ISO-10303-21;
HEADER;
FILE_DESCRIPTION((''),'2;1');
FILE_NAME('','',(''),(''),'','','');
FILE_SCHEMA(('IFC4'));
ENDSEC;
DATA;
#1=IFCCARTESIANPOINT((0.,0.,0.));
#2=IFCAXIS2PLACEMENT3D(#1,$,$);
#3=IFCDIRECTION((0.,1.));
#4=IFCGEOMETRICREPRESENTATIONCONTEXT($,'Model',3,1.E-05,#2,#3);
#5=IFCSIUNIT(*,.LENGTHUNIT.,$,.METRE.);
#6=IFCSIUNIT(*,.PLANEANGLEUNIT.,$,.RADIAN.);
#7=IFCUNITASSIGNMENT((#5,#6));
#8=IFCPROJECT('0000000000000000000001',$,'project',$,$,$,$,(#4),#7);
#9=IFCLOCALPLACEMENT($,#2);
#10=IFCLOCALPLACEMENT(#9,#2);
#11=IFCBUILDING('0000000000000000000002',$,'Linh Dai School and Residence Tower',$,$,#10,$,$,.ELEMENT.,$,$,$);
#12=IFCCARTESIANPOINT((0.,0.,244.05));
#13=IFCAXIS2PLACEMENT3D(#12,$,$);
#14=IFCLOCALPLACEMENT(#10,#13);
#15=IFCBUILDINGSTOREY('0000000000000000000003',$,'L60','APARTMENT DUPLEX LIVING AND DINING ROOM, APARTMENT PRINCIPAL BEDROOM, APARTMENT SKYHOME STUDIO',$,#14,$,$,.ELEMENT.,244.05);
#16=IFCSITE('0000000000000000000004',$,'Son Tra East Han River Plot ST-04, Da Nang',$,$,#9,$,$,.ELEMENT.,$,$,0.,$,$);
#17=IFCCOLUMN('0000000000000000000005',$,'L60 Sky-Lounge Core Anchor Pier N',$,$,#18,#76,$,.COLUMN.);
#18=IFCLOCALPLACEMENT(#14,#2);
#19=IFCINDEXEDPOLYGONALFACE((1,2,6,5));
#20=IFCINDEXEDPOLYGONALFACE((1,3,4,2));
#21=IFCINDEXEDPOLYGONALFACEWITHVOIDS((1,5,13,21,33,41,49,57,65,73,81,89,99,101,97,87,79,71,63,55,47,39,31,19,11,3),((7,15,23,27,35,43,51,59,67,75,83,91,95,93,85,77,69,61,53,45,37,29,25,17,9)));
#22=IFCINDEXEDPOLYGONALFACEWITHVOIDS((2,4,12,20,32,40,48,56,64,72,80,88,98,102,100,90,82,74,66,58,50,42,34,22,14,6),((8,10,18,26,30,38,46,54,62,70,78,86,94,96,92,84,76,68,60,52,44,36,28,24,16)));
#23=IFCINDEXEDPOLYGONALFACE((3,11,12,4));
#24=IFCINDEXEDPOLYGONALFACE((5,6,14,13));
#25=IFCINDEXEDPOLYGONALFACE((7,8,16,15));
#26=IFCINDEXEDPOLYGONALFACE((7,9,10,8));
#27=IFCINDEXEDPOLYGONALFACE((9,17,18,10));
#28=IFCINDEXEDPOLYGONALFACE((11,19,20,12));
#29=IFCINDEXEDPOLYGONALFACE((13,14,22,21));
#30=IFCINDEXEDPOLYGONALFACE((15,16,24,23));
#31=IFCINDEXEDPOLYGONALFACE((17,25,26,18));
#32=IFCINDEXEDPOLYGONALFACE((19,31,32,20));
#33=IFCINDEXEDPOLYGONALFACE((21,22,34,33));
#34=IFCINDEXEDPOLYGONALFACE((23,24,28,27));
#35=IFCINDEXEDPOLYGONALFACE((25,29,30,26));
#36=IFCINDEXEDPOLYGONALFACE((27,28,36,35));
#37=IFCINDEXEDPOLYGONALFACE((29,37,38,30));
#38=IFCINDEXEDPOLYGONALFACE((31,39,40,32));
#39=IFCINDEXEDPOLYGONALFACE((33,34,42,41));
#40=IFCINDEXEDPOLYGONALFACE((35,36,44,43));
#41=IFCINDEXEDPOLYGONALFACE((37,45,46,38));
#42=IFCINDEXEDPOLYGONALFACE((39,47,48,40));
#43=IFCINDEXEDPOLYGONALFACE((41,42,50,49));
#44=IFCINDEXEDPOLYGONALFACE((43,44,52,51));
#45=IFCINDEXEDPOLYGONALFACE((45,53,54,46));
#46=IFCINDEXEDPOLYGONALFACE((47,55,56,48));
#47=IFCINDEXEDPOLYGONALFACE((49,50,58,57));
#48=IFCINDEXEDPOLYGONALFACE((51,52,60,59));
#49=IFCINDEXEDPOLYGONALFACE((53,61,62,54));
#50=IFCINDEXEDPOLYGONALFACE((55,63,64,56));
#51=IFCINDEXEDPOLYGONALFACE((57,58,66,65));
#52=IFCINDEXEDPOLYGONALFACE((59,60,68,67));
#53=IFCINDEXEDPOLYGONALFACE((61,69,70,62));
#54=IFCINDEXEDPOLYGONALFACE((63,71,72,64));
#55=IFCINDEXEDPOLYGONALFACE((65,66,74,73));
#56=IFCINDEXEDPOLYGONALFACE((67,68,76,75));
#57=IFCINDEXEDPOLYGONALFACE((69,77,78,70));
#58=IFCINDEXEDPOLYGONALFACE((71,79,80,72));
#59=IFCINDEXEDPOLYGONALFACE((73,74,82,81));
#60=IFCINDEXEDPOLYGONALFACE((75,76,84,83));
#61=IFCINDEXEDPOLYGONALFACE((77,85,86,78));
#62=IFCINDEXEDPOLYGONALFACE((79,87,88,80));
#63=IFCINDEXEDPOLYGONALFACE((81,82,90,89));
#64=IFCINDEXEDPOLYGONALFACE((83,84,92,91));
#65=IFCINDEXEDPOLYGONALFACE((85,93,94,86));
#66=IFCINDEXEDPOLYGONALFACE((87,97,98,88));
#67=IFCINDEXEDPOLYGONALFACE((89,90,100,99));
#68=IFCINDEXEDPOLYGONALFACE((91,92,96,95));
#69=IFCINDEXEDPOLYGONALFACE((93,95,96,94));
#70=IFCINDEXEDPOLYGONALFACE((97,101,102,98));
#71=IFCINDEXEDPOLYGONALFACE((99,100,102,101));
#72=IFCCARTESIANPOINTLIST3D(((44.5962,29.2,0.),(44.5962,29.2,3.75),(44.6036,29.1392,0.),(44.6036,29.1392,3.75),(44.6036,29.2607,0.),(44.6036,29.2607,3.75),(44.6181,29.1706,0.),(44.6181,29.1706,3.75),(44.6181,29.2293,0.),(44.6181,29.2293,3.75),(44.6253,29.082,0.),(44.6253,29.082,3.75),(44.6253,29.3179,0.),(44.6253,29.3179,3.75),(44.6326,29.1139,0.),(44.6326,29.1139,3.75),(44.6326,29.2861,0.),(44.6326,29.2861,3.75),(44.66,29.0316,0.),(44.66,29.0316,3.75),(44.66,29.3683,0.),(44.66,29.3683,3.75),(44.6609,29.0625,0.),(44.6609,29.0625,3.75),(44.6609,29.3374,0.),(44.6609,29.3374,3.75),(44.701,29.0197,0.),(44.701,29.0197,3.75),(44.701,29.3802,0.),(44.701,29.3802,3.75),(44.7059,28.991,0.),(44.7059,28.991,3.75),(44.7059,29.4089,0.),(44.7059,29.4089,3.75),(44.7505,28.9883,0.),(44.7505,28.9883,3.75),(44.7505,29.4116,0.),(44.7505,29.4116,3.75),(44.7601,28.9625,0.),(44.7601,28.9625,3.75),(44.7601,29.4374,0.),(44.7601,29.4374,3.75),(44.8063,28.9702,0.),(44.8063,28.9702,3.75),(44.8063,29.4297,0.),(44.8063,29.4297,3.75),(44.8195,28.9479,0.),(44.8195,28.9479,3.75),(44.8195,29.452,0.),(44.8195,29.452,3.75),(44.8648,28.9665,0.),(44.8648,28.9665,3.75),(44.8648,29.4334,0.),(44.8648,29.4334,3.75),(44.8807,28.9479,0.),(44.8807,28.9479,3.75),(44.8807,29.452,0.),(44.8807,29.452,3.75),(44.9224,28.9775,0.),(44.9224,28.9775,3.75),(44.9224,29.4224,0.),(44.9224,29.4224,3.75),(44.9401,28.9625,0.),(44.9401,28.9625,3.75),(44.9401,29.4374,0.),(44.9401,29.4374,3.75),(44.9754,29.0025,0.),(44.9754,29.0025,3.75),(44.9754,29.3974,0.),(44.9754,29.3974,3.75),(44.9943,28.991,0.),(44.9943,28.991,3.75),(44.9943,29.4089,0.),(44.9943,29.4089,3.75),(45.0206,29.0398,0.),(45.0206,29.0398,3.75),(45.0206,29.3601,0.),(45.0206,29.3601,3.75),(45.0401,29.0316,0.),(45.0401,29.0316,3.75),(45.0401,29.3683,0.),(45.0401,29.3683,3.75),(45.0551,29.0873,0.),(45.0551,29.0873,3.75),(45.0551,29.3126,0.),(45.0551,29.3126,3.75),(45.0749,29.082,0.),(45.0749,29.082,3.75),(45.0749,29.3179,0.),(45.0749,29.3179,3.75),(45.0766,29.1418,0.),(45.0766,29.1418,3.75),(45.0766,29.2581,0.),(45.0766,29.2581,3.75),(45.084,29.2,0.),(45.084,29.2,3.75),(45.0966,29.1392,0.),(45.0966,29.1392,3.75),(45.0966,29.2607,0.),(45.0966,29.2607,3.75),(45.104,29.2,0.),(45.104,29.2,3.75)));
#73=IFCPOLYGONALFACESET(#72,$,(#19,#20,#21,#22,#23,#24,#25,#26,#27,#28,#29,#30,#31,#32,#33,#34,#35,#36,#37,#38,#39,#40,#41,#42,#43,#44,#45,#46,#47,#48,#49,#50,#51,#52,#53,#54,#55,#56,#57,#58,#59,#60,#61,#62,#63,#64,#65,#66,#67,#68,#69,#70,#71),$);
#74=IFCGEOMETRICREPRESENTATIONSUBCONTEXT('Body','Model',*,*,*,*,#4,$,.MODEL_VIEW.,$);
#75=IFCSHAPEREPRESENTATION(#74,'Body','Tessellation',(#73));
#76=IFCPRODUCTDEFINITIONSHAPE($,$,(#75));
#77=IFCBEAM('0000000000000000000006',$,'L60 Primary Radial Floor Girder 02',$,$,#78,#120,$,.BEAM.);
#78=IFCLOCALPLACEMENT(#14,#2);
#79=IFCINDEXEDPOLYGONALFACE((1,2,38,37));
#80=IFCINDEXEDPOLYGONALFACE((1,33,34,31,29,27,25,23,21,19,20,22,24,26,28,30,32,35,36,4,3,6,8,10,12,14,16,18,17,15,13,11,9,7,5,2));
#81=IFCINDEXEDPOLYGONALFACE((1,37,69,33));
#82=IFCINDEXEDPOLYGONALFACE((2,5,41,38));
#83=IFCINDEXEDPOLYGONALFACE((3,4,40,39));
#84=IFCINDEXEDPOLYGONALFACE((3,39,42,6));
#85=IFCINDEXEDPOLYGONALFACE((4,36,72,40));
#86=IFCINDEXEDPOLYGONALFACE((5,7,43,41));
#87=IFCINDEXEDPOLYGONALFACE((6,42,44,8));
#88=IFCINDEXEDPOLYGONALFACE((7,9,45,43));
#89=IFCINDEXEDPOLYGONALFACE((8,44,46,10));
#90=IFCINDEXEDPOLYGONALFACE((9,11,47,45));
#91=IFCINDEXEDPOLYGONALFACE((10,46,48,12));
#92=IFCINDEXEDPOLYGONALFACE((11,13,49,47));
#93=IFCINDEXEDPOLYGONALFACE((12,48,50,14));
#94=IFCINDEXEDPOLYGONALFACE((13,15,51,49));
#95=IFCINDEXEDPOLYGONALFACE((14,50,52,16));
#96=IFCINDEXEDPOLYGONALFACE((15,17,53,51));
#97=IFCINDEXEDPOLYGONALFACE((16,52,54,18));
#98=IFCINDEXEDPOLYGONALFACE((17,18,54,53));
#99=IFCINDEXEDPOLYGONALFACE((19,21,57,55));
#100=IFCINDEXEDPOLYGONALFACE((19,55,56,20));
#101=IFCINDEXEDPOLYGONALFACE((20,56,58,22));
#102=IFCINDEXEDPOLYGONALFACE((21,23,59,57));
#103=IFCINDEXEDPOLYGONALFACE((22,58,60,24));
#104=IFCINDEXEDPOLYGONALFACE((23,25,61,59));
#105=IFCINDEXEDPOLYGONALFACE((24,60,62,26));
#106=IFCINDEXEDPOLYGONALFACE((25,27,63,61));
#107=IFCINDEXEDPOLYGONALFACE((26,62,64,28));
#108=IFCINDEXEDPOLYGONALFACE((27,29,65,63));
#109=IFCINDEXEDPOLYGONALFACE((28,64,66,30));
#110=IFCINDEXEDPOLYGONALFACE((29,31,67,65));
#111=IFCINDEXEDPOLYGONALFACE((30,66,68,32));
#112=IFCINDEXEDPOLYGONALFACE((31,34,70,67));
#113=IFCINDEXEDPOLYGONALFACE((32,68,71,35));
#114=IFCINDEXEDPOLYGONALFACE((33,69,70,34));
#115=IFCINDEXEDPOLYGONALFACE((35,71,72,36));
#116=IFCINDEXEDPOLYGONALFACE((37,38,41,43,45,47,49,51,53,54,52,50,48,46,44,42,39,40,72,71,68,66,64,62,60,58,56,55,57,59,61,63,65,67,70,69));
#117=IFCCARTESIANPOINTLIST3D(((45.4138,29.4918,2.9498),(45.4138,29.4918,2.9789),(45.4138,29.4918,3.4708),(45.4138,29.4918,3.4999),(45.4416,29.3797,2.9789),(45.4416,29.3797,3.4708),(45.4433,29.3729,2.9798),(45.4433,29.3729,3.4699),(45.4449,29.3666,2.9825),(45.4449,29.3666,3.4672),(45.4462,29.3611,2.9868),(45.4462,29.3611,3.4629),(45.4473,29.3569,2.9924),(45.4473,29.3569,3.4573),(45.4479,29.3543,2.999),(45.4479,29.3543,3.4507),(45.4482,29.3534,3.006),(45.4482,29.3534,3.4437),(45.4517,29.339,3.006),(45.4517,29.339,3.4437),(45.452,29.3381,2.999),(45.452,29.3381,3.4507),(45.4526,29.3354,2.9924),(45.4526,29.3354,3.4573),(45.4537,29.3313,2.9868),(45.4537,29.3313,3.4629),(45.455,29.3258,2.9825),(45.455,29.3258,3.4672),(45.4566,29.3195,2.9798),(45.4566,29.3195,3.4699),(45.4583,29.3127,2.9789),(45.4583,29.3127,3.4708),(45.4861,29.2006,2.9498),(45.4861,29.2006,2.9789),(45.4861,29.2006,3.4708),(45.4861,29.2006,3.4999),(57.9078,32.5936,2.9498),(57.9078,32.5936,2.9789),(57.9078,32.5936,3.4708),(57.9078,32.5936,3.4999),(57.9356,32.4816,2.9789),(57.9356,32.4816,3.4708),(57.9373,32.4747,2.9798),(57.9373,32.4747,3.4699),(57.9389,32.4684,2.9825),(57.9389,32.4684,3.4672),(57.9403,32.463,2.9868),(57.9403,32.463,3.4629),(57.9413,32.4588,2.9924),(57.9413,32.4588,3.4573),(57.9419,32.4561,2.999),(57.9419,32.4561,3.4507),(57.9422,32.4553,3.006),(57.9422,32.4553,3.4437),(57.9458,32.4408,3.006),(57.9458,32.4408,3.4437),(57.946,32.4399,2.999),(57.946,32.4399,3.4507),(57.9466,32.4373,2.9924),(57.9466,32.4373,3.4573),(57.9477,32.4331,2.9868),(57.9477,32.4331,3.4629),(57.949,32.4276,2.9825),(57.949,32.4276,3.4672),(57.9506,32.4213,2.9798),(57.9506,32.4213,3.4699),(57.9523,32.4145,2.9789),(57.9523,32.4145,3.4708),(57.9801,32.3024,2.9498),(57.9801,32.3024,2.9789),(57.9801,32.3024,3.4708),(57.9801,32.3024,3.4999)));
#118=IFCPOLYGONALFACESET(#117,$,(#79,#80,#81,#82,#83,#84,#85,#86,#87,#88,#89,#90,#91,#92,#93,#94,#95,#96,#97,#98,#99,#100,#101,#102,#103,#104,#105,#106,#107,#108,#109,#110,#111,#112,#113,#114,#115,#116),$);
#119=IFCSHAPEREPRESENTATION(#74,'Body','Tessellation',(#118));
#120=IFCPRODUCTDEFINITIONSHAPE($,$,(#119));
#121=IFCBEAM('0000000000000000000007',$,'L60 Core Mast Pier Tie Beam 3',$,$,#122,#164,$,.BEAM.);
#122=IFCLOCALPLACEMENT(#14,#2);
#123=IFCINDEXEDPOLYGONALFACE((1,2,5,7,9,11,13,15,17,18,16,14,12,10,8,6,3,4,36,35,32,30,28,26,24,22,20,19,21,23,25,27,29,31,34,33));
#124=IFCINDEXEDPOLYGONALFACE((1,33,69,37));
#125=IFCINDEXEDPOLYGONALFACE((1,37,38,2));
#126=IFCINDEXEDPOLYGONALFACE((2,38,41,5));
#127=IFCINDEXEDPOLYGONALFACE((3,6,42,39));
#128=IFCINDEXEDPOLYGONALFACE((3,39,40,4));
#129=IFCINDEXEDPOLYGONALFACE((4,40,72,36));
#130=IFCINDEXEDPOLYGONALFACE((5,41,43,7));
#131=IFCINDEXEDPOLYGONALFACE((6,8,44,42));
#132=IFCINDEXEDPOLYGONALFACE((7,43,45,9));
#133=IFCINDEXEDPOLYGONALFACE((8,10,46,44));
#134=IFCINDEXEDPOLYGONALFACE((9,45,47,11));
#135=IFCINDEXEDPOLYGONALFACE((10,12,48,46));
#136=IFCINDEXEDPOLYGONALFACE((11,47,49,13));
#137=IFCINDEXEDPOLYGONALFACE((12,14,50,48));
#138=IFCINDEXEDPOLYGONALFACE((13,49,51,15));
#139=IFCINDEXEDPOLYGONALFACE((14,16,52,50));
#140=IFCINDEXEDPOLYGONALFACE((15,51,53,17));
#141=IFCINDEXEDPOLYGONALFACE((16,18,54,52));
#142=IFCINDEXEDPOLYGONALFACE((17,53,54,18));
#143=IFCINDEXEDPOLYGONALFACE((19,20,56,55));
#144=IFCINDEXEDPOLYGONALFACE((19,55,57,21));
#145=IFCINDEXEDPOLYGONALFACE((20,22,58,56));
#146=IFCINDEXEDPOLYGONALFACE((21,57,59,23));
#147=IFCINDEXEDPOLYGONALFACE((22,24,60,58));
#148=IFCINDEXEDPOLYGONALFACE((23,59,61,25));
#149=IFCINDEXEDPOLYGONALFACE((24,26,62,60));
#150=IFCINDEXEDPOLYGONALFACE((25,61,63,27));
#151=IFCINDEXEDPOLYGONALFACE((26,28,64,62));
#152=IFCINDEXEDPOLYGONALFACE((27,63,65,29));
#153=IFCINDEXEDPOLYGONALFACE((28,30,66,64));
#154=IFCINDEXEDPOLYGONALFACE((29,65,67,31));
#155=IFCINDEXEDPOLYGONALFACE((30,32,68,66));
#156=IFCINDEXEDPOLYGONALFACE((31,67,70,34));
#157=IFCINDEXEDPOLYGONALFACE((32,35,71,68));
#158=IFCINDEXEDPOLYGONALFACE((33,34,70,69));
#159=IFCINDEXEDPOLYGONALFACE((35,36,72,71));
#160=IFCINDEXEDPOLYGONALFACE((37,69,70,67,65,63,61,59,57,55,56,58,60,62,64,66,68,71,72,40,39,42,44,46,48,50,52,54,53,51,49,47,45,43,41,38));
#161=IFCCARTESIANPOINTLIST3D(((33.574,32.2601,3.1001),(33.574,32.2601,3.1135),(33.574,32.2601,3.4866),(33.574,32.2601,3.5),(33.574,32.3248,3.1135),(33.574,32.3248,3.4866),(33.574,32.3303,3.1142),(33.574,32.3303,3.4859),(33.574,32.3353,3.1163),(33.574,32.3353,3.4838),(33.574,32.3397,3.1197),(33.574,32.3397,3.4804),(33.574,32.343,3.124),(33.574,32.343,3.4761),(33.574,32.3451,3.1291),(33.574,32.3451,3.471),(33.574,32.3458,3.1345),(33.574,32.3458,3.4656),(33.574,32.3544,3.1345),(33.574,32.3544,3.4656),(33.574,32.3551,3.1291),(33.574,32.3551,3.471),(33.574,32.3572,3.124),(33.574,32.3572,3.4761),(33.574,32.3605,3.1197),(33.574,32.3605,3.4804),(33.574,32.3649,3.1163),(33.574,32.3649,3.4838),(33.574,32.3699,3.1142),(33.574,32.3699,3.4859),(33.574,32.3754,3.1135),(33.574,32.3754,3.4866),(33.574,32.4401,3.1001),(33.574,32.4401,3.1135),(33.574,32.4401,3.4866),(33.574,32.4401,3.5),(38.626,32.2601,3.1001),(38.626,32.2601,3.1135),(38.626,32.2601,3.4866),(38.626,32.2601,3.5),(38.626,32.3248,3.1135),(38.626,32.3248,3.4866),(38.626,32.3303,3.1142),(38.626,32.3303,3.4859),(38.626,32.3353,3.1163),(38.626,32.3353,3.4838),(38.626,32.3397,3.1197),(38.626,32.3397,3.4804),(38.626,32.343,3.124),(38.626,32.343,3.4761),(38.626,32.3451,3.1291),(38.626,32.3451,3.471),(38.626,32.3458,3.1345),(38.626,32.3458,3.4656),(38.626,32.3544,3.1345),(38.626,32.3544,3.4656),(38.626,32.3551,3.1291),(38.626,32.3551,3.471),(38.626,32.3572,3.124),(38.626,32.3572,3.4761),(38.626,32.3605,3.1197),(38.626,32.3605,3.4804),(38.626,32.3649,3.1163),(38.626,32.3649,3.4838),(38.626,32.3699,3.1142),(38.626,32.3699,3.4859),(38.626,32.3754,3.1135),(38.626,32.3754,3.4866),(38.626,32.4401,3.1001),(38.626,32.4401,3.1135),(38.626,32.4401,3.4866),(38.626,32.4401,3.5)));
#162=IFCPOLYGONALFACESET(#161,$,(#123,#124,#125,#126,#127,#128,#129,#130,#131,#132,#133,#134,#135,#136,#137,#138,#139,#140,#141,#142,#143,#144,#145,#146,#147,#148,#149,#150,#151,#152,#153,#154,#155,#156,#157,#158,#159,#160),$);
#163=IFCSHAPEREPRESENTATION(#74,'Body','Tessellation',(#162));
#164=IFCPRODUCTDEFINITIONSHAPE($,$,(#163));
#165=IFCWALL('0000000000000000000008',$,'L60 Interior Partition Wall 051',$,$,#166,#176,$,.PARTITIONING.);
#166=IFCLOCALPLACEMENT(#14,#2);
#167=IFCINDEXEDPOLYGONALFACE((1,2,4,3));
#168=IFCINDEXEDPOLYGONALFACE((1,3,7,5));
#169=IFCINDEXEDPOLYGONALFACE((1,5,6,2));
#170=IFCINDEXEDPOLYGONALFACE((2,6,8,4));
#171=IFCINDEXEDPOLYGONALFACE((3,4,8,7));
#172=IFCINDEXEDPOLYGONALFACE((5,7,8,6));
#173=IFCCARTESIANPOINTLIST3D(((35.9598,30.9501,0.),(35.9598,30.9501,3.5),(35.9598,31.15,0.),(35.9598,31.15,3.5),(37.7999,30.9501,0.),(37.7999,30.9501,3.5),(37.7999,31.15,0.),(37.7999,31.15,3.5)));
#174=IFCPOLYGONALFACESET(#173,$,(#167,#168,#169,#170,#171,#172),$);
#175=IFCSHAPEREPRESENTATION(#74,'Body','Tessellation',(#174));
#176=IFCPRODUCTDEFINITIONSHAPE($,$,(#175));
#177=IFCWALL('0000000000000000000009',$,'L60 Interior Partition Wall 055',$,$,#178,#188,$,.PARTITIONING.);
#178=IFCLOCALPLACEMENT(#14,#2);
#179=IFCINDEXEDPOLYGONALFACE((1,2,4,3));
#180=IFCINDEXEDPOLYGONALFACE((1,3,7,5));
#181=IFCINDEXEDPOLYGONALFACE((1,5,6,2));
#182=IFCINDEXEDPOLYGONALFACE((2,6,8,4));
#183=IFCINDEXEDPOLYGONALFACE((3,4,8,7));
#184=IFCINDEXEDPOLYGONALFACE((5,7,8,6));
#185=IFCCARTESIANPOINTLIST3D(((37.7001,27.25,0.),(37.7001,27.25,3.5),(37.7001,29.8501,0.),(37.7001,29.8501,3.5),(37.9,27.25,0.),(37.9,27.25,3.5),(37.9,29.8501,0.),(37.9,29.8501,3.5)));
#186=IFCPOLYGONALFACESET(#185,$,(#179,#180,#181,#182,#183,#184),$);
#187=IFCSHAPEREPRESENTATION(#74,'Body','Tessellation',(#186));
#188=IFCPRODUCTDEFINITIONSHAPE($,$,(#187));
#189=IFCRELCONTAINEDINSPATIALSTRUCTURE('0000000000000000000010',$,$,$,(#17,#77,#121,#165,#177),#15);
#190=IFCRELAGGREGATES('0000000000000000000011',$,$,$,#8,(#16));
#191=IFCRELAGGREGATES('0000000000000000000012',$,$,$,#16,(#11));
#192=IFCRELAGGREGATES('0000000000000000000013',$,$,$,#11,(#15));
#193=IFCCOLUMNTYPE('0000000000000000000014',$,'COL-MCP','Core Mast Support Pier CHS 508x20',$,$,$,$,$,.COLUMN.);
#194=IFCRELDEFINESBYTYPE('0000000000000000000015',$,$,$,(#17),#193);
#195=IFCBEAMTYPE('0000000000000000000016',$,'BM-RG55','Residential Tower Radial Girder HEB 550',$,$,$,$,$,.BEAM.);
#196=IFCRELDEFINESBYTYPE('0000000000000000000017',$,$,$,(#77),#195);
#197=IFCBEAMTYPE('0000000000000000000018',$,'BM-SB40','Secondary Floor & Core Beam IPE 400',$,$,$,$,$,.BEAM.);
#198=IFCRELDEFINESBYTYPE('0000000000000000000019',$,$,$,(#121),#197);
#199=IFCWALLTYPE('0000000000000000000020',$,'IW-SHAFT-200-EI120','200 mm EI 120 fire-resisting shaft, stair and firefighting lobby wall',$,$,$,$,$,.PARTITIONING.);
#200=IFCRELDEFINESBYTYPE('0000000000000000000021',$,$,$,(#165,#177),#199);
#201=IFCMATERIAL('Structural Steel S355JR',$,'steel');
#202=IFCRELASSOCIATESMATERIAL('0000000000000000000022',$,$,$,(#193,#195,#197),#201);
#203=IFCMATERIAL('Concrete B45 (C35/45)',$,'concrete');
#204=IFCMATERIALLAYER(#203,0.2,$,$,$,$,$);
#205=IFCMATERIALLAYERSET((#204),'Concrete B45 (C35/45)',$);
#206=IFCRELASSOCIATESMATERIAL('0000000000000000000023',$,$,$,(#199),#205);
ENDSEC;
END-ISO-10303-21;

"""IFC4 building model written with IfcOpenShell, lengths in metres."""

from ifc_helpers import new_model, si_unit, direction, frame, frame_2d, origin, origin_2d, place, context, subcontext, project, spatial, rectangle, hollow_circle, i_section, extrude, material, layer, layer_set, material_profile, profile_set, type_object, element, save


model = new_model("IFC4")

# Units and contexts
model_context = context("Model", 3, precision=1e-05, world=origin(), true_north=direction((0.0, 1.0)))
body_context = subcontext(model_context, "Body", "Model", "MODEL_VIEW")
ifc_project = project(units=[si_unit("LENGTHUNIT", "METRE"), si_unit("PLANEANGLEUNIT", "RADIAN")], contexts=[model_context])

# Site, building, storey
site_placement = place(None, origin())
site = spatial("IfcSite", under=ifc_project, at=site_placement, Name="Son Tra East Han River Plot ST-04, Da Nang", CompositionType="ELEMENT", RefElevation=0.0)
building_placement = place(site_placement, origin())
building = spatial("IfcBuilding", under=site, at=building_placement, Name="Linh Dai School and Residence Tower", CompositionType="ELEMENT")
storey_placement = place(building_placement, frame((0.0, 0.0, 244.05)))
storey = spatial("IfcBuildingStorey", under=building, at=storey_placement, Name="L60", Description="APARTMENT DUPLEX LIVING AND DINING ROOM, APARTMENT PRINCIPAL BEDROOM, APARTMENT SKYHOME STUDIO", CompositionType="ELEMENT", Elevation=244.05)

# Column
ifc_material_1 = material(Name="Structural Steel S355JR", Category="steel")
ifc_material_profile_1 = material_profile(ifc_material_1, hollow_circle(Radius=0.2539, WallThickness=0.02, at=origin_2d()), Name="CHS 508x20")
ifc_profile_set_1 = profile_set([ifc_material_profile_1], Name="Structural Steel S355JR")
column_type_1 = type_object("IfcColumnType", Name="COL-MCP", Description="Core Mast Support Pier CHS 508x20", PredefinedType="COLUMN", material=ifc_profile_set_1)
column_placement = place(storey_placement, frame((44.8501, 29.2, 0.0), z_axis=(0.0, 0.0, 1.0), x_axis=(1.0, 0.0, 0.0)))
element("IfcColumn", 1, at=column_placement, inside=storey, type_object=column_type_1, Name="L60 Sky-Lounge Core Anchor Pier N", PredefinedType="COLUMN", context=body_context, shape_type="SweptSolid", body=[
    extrude(hollow_circle(Radius=0.2539, WallThickness=0.02, at=origin_2d()), origin(), (0.0, 0.0, 1.0), 3.75),
])

# Beams
ifc_material_profile_2 = material_profile(ifc_material_1, i_section(OverallWidth=0.3, OverallDepth=0.55, WebThickness=0.0149, FlangeThickness=0.0291, FilletRadius=0.0271, at=origin_2d()), Name="HEB 550")
ifc_profile_set_2 = profile_set([ifc_material_profile_2], Name="Structural Steel S355JR")
beam_type_1 = type_object("IfcBeamType", Name="BM-RG55", Description="Residential Tower Radial Girder HEB 550", PredefinedType="BEAM", material=ifc_profile_set_2)
beam_1_placement = place(storey_placement, frame((45.45, 29.3462, 3.2249), z_axis=(0.970537, 0.240951, 0.0), x_axis=(-0.240951, 0.970537, 0.0)))
element("IfcBeam", 2, at=beam_1_placement, inside=storey, type_object=beam_type_1, Name="L60 Primary Radial Floor Girder 02", PredefinedType="BEAM", context=body_context, shape_type="SweptSolid", body=[
    extrude(i_section(OverallWidth=0.3, OverallDepth=0.55, WebThickness=0.0149, FlangeThickness=0.0291, FilletRadius=0.0271, at=origin_2d()), origin(), (0.0, 0.0, 1.0), 12.8733),
])
ifc_material_profile_3 = material_profile(ifc_material_1, i_section(OverallWidth=0.1799, OverallDepth=0.3999, WebThickness=0.0085, FlangeThickness=0.0134, FilletRadius=0.021, at=origin_2d()), Name="IPE 400")
ifc_profile_set_3 = profile_set([ifc_material_profile_3], Name="Structural Steel S355JR")
beam_type_2 = type_object("IfcBeamType", Name="BM-SB40", Description="Secondary Floor & Core Beam IPE 400", PredefinedType="BEAM", material=ifc_profile_set_3)
beam_2_placement = place(storey_placement, frame((38.626, 32.3501, 3.3), z_axis=(-1.0, 0.0, 0.0), x_axis=(0.0, -1.0, 0.0)))
element("IfcBeam", 3, at=beam_2_placement, inside=storey, type_object=beam_type_2, Name="L60 Core Mast Pier Tie Beam 3", PredefinedType="BEAM", context=body_context, shape_type="SweptSolid", body=[
    extrude(i_section(OverallWidth=0.1799, OverallDepth=0.3999, WebThickness=0.0085, FlangeThickness=0.0134, FilletRadius=0.021, at=origin_2d()), origin(), (0.0, 0.0, 1.0), 5.052),
])

# Shared definitions
ifc_material_2 = material(Name="Concrete B45 (C35/45)", Category="concrete")
ifc_layer_1 = layer(ifc_material_2, 0.2)
ifc_layer_set_1 = layer_set([ifc_layer_1], Name="Concrete B45 (C35/45)")
wall_type_1 = type_object("IfcWallType", Name="IW-SHAFT-200-EI120", Description="200 mm EI 120 fire-resisting shaft, stair and firefighting lobby wall", PredefinedType="PARTITIONING", material=ifc_layer_set_1)

# Walls
wall_1_placement = place(storey_placement, frame((35.96, 31.05, 0.0), z_axis=(0.0, 0.0, 1.0), x_axis=(1.0, 0.0, 0.0)))
element("IfcWall", 4, at=wall_1_placement, inside=storey, type_object=wall_type_1, Name="L60 Interior Partition Wall 051", PredefinedType="PARTITIONING", context=body_context, shape_type="SweptSolid", body=[
    extrude(rectangle(XDim=1.8401, YDim=0.2, at=frame_2d((0.9199, 0.0))), origin(), (0.0, 0.0, 1.0), 3.5),
])
wall_2_placement = place(storey_placement, frame((37.8, 27.25, 0.0), z_axis=(0.0, 0.0, 1.0), x_axis=(0.0, 1.0, 0.0)))
element("IfcWall", 5, at=wall_2_placement, inside=storey, type_object=wall_type_1, Name="L60 Interior Partition Wall 055", PredefinedType="PARTITIONING", context=body_context, shape_type="SweptSolid", body=[
    extrude(rectangle(XDim=2.6001, YDim=0.2, at=frame_2d((1.3, 0.0))), origin(), (0.0, 0.0, 1.0), 3.5),
])

save(model, "model.ifc")
